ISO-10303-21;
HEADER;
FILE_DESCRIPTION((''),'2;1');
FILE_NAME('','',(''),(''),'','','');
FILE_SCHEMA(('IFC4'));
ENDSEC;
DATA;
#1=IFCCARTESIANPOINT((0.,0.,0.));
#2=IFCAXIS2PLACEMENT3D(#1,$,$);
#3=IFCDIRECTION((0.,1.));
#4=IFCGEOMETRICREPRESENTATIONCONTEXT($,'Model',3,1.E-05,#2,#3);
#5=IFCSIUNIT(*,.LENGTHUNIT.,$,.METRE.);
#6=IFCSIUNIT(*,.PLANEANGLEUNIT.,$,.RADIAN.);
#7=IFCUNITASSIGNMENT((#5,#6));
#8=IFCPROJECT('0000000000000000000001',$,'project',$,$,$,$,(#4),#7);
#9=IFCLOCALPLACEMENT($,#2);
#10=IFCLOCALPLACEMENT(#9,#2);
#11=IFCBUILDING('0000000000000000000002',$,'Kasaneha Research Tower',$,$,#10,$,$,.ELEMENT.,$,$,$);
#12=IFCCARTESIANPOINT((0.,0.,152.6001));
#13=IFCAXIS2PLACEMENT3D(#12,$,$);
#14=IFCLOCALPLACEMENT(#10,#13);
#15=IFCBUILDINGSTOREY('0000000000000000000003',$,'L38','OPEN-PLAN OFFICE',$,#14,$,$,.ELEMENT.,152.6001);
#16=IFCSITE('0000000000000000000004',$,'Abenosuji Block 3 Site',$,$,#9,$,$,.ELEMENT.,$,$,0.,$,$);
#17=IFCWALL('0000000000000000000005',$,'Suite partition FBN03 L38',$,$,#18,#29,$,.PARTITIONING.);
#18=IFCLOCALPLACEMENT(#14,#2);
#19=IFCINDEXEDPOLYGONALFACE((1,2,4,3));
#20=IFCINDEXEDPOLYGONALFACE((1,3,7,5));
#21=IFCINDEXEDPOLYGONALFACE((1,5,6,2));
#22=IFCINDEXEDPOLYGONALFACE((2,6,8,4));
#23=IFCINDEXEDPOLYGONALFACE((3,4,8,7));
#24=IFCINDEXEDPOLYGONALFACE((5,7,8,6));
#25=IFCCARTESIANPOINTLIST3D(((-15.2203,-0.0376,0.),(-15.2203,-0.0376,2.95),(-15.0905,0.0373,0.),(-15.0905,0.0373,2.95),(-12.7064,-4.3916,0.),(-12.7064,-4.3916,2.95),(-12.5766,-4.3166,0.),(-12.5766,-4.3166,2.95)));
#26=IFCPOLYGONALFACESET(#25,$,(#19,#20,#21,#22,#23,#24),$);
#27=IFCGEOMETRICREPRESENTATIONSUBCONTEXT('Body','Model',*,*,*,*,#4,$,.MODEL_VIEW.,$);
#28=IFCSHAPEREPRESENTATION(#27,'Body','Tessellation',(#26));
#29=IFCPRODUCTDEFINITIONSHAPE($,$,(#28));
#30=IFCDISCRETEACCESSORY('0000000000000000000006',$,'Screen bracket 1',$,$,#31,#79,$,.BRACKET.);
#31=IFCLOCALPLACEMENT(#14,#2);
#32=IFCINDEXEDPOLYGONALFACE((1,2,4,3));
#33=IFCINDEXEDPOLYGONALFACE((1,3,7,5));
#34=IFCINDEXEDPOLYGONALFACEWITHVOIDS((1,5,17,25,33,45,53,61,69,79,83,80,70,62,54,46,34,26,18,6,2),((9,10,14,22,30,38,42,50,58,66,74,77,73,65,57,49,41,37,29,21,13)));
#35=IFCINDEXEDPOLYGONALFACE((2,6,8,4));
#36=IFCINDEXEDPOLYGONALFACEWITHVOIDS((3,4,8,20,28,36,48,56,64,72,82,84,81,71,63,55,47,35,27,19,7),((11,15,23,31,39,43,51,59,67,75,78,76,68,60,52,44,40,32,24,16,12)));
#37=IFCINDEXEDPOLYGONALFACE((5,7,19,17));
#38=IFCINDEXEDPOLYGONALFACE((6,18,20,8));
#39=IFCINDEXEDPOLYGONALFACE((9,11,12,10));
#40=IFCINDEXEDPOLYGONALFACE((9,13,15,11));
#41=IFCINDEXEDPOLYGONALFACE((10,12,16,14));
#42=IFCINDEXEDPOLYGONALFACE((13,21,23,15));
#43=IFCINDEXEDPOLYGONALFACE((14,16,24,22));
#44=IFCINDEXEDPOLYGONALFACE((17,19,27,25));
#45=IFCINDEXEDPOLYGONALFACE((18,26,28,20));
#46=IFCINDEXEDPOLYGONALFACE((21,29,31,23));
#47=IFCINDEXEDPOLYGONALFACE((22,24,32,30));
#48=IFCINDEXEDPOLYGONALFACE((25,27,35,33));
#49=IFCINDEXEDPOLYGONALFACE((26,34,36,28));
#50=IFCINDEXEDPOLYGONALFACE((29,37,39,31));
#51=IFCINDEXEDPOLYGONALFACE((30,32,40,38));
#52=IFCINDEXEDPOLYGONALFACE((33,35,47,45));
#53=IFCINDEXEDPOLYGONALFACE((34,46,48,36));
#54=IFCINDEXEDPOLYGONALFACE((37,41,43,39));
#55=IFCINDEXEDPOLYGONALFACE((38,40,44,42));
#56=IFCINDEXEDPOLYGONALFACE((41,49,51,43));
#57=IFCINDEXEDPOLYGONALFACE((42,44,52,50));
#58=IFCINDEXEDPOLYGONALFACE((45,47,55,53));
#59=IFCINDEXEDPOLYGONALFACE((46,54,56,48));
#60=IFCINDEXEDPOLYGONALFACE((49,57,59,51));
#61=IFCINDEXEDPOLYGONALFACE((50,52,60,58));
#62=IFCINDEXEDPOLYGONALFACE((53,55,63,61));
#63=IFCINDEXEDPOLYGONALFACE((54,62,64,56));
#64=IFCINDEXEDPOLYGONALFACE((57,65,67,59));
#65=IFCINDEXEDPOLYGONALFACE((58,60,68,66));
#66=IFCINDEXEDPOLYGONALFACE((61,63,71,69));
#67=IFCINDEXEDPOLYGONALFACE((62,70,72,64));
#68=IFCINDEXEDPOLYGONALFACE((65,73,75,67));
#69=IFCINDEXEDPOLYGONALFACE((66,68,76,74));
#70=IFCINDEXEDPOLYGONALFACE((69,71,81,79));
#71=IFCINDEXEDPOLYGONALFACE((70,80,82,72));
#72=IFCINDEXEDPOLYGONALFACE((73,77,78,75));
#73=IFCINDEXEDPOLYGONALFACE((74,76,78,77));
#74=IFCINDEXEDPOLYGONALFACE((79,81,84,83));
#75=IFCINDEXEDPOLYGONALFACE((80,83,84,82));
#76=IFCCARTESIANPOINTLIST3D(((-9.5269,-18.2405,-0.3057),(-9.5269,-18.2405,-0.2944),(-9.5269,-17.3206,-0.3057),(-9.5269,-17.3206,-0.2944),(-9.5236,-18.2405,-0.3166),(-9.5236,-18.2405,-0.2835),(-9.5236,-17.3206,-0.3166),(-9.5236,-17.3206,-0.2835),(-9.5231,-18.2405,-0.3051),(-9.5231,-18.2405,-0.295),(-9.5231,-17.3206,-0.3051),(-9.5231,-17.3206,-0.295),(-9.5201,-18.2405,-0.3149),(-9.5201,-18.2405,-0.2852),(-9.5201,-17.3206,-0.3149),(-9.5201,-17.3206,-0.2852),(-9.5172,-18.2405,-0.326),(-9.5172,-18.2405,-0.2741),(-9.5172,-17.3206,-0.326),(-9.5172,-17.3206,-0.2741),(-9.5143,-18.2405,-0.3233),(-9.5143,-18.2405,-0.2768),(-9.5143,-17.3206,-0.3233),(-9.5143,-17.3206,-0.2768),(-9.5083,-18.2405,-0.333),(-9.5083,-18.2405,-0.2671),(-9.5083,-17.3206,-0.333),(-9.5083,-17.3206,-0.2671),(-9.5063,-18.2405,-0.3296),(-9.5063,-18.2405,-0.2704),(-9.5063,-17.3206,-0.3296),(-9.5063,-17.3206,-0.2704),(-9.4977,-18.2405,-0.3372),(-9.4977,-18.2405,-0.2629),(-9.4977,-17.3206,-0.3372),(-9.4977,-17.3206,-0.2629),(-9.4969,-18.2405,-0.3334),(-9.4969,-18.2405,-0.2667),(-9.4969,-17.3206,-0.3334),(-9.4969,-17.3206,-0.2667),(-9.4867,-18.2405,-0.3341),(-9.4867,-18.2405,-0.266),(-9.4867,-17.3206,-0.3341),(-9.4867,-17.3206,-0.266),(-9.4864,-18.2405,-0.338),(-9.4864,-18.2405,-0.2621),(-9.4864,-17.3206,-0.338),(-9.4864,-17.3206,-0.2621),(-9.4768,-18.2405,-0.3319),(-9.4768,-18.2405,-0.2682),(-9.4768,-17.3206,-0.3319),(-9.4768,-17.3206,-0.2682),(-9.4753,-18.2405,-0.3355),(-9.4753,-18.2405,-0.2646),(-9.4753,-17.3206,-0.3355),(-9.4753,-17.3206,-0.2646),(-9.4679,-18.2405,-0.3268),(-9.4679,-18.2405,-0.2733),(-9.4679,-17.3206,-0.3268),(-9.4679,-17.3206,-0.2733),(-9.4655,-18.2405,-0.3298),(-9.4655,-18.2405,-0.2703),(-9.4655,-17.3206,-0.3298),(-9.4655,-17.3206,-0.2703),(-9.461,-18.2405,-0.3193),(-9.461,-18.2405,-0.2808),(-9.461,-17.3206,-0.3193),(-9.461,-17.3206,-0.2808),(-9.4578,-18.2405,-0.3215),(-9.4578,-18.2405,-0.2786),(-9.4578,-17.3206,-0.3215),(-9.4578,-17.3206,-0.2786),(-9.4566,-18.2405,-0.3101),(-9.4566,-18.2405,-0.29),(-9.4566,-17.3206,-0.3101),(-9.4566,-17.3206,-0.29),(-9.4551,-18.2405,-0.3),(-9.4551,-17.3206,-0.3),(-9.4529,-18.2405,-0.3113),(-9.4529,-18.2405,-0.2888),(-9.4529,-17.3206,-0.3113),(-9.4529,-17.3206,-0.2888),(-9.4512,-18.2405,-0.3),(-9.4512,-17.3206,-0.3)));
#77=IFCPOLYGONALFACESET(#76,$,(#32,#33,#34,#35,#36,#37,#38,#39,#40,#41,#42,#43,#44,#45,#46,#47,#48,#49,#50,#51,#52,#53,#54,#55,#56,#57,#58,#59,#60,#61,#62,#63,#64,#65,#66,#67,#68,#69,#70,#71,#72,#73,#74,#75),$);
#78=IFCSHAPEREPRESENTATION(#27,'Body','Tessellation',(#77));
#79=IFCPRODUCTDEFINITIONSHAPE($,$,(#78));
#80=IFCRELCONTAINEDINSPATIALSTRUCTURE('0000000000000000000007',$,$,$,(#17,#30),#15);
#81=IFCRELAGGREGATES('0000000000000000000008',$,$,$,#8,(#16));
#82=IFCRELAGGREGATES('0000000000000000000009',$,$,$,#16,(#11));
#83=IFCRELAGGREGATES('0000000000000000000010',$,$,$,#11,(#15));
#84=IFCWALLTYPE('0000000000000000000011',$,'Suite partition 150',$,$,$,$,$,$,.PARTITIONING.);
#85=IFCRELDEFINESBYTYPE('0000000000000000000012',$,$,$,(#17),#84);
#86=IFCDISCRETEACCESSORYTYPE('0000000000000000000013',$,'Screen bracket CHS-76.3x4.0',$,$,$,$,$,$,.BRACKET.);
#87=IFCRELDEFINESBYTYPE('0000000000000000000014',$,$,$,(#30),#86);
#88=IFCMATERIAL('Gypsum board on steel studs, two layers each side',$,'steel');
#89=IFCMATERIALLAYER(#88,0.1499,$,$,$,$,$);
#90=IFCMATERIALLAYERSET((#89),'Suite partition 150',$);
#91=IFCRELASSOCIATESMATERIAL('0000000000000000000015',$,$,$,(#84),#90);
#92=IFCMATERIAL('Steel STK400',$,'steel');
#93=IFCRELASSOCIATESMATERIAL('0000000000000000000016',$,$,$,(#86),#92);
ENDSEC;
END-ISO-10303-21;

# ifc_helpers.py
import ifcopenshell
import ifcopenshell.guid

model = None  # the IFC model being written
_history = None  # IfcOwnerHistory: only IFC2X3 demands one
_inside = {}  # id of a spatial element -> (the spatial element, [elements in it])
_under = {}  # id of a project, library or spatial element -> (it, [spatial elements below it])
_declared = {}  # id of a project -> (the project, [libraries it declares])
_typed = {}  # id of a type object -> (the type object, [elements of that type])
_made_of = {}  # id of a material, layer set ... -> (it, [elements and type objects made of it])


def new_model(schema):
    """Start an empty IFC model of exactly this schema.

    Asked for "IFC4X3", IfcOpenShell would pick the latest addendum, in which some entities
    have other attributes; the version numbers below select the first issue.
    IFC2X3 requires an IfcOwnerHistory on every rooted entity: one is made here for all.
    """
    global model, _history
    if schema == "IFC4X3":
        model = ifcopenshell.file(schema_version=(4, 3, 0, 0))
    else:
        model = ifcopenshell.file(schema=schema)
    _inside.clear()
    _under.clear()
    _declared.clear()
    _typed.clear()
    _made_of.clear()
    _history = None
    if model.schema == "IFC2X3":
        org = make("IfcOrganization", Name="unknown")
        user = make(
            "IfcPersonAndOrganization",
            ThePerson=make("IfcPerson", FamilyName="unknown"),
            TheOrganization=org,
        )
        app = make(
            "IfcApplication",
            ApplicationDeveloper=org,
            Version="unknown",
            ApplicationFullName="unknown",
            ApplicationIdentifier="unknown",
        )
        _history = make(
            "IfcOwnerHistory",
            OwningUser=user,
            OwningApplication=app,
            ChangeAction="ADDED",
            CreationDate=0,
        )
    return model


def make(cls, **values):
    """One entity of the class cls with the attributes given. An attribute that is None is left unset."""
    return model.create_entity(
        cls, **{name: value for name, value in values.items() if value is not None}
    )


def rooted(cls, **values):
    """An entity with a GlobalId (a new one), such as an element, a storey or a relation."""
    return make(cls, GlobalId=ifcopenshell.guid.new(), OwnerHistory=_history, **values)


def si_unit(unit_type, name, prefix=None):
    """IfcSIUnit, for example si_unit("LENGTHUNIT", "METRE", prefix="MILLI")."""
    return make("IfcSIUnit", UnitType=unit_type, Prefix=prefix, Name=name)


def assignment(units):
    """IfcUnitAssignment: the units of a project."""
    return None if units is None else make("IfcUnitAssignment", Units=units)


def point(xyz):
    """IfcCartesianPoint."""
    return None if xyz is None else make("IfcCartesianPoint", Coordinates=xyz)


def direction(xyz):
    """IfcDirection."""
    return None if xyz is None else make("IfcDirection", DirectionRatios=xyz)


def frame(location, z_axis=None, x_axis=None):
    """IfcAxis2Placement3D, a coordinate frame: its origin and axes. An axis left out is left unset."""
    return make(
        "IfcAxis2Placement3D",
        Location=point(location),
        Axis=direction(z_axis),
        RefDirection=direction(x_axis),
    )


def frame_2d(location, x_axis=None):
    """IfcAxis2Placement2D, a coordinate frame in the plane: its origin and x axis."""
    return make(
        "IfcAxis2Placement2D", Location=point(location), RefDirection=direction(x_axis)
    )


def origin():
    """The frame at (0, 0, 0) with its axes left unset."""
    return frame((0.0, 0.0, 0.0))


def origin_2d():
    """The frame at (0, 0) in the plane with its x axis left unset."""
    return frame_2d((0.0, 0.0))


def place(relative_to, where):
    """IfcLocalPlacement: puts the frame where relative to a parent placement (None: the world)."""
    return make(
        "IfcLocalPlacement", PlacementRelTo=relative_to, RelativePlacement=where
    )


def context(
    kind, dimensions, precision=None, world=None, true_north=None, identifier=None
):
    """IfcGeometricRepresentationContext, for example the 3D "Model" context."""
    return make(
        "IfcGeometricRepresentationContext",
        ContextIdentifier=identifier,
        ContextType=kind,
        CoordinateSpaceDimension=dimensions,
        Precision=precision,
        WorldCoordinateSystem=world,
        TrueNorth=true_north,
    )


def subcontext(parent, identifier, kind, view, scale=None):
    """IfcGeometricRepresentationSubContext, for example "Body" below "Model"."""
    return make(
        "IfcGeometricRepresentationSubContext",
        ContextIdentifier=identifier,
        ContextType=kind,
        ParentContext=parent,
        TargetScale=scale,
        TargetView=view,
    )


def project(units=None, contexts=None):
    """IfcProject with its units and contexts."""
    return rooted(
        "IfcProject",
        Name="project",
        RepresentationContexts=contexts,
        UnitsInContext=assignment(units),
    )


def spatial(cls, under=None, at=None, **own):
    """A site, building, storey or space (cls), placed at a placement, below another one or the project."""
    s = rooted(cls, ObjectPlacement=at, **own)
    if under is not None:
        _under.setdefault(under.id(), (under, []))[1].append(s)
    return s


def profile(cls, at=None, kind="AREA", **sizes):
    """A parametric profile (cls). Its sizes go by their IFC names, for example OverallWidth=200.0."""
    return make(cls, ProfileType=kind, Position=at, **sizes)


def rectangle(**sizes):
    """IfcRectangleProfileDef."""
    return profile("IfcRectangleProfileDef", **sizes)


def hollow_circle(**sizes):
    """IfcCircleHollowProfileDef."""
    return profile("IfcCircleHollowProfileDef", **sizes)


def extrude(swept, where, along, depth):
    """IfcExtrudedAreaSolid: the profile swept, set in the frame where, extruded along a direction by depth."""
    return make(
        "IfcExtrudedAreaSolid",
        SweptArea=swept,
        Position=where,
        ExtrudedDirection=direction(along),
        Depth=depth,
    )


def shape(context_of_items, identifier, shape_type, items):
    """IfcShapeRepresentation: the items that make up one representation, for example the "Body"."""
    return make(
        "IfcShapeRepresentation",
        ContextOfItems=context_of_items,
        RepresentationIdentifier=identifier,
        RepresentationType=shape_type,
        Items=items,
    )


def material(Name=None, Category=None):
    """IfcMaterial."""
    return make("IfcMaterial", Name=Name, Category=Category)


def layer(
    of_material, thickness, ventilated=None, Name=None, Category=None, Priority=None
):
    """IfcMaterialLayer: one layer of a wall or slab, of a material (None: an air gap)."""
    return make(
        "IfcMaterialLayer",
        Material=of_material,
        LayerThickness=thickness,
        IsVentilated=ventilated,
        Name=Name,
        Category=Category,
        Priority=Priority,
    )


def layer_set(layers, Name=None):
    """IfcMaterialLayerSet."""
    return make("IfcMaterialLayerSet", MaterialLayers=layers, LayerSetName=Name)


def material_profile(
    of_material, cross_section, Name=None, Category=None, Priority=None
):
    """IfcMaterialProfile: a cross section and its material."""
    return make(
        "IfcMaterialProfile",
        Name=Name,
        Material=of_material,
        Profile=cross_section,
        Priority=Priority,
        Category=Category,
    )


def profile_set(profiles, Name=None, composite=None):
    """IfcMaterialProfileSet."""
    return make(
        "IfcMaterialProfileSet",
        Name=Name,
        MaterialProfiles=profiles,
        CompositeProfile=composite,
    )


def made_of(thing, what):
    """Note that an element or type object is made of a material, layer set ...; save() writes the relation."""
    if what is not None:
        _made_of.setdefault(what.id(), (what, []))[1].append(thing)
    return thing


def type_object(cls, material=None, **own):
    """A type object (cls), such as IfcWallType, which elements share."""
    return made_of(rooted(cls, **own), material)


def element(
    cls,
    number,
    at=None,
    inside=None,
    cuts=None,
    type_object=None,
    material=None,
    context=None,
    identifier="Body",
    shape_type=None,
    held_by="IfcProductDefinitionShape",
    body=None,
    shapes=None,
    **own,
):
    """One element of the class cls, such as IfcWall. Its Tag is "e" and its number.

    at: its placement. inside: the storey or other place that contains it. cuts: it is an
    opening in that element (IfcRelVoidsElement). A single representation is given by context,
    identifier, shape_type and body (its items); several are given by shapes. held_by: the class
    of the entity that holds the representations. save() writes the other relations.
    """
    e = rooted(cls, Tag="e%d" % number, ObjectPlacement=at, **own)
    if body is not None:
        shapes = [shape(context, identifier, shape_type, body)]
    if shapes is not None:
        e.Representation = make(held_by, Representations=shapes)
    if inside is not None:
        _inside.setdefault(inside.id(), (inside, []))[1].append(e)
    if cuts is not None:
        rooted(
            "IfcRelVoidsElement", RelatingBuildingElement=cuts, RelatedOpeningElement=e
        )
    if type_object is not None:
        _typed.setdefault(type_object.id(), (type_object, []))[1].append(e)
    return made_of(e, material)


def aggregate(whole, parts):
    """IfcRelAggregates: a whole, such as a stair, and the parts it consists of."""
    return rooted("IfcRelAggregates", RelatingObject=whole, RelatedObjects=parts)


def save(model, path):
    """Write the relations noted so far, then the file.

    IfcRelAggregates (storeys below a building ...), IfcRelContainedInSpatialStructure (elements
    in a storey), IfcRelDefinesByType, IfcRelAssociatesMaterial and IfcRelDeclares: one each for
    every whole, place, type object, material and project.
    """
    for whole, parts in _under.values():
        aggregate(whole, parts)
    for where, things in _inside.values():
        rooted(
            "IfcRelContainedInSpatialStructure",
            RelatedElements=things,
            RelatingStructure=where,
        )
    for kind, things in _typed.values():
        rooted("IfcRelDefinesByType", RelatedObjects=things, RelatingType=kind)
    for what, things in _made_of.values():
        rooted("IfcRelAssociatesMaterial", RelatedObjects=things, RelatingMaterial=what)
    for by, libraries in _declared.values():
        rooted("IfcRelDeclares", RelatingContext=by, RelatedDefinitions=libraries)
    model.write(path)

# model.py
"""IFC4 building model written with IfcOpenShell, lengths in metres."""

from ifc_helpers import new_model, si_unit, direction, frame, frame_2d, origin, origin_2d, place, context, subcontext, project, spatial, rectangle, hollow_circle, extrude, material, layer, layer_set, material_profile, profile_set, type_object, element, save


model = new_model("IFC4")

# Units and contexts
model_context = context("Model", 3, precision=1e-05, world=origin(), true_north=direction((0.0, 1.0)))
body_context = subcontext(model_context, "Body", "Model", "MODEL_VIEW")
ifc_project = project(units=[si_unit("LENGTHUNIT", "METRE"), si_unit("PLANEANGLEUNIT", "RADIAN")], contexts=[model_context])

# Site, building, storey
site_placement = place(None, origin())
site = spatial("IfcSite", under=ifc_project, at=site_placement, Name="Abenosuji Block 3 Site", CompositionType="ELEMENT", RefElevation=0.0)
building_placement = place(site_placement, origin())
building = spatial("IfcBuilding", under=site, at=building_placement, Name="Kasaneha Research Tower", CompositionType="ELEMENT")
storey_placement = place(building_placement, frame((0.0, 0.0, 152.6001)))
storey = spatial("IfcBuildingStorey", under=building, at=storey_placement, Name="L38", Description="OPEN-PLAN OFFICE", CompositionType="ELEMENT", Elevation=152.6001)

# Wall
ifc_material_1 = material(Name="Gypsum board on steel studs, two layers each side", Category="steel")
ifc_layer_1 = layer(ifc_material_1, 0.1499)
ifc_layer_set_1 = layer_set([ifc_layer_1], Name="Suite partition 150")
wall_type_1 = type_object("IfcWallType", Name="Suite partition 150", PredefinedType="PARTITIONING", material=ifc_layer_set_1)
wall_1_placement = place(storey_placement, frame((-12.6416, -4.354, 0.0), z_axis=(0.0, 0.0, 1.0), x_axis=(-0.500019, 0.866014, 0.0)))
element("IfcWall", 1, at=wall_1_placement, inside=storey, type_object=wall_type_1, Name="Suite partition FBN03 L38", PredefinedType="PARTITIONING", context=body_context, shape_type="SweptSolid", body=[
    extrude(rectangle(XDim=5.0276, YDim=0.1499, at=frame_2d((2.5137, 0.0))), origin(), (0.0, 0.0, 1.0), 2.95),
])

# Discrete accessory
ifc_material_2 = material(Name="Steel STK400", Category="steel")
ifc_material_profile_1 = material_profile(ifc_material_2, hollow_circle(Radius=0.0381, WallThickness=0.0039, at=origin_2d()), Name="CHS-76.3x4.0")
ifc_profile_set_1 = profile_set([ifc_material_profile_1], Name="Steel STK400")
discrete_accessory_type = type_object("IfcDiscreteAccessoryType", Name="Screen bracket CHS-76.3x4.0", PredefinedType="BRACKET", material=ifc_profile_set_1)
discrete_accessory_placement = place(storey_placement, frame((-9.4893, -17.3206, -0.3), z_axis=(0.0, -1.0, 0.0), x_axis=(1.0, 0.0, 0.0)))
element("IfcDiscreteAccessory", 2, at=discrete_accessory_placement, inside=storey, type_object=discrete_accessory_type, Name="Screen bracket 1", PredefinedType="BRACKET", context=body_context, shape_type="SweptSolid", body=[
    extrude(hollow_circle(Radius=0.0381, WallThickness=0.0039, at=origin_2d()), origin(), (0.0, 0.0, 1.0), 0.9199),
])

save(model, "model.ifc")
